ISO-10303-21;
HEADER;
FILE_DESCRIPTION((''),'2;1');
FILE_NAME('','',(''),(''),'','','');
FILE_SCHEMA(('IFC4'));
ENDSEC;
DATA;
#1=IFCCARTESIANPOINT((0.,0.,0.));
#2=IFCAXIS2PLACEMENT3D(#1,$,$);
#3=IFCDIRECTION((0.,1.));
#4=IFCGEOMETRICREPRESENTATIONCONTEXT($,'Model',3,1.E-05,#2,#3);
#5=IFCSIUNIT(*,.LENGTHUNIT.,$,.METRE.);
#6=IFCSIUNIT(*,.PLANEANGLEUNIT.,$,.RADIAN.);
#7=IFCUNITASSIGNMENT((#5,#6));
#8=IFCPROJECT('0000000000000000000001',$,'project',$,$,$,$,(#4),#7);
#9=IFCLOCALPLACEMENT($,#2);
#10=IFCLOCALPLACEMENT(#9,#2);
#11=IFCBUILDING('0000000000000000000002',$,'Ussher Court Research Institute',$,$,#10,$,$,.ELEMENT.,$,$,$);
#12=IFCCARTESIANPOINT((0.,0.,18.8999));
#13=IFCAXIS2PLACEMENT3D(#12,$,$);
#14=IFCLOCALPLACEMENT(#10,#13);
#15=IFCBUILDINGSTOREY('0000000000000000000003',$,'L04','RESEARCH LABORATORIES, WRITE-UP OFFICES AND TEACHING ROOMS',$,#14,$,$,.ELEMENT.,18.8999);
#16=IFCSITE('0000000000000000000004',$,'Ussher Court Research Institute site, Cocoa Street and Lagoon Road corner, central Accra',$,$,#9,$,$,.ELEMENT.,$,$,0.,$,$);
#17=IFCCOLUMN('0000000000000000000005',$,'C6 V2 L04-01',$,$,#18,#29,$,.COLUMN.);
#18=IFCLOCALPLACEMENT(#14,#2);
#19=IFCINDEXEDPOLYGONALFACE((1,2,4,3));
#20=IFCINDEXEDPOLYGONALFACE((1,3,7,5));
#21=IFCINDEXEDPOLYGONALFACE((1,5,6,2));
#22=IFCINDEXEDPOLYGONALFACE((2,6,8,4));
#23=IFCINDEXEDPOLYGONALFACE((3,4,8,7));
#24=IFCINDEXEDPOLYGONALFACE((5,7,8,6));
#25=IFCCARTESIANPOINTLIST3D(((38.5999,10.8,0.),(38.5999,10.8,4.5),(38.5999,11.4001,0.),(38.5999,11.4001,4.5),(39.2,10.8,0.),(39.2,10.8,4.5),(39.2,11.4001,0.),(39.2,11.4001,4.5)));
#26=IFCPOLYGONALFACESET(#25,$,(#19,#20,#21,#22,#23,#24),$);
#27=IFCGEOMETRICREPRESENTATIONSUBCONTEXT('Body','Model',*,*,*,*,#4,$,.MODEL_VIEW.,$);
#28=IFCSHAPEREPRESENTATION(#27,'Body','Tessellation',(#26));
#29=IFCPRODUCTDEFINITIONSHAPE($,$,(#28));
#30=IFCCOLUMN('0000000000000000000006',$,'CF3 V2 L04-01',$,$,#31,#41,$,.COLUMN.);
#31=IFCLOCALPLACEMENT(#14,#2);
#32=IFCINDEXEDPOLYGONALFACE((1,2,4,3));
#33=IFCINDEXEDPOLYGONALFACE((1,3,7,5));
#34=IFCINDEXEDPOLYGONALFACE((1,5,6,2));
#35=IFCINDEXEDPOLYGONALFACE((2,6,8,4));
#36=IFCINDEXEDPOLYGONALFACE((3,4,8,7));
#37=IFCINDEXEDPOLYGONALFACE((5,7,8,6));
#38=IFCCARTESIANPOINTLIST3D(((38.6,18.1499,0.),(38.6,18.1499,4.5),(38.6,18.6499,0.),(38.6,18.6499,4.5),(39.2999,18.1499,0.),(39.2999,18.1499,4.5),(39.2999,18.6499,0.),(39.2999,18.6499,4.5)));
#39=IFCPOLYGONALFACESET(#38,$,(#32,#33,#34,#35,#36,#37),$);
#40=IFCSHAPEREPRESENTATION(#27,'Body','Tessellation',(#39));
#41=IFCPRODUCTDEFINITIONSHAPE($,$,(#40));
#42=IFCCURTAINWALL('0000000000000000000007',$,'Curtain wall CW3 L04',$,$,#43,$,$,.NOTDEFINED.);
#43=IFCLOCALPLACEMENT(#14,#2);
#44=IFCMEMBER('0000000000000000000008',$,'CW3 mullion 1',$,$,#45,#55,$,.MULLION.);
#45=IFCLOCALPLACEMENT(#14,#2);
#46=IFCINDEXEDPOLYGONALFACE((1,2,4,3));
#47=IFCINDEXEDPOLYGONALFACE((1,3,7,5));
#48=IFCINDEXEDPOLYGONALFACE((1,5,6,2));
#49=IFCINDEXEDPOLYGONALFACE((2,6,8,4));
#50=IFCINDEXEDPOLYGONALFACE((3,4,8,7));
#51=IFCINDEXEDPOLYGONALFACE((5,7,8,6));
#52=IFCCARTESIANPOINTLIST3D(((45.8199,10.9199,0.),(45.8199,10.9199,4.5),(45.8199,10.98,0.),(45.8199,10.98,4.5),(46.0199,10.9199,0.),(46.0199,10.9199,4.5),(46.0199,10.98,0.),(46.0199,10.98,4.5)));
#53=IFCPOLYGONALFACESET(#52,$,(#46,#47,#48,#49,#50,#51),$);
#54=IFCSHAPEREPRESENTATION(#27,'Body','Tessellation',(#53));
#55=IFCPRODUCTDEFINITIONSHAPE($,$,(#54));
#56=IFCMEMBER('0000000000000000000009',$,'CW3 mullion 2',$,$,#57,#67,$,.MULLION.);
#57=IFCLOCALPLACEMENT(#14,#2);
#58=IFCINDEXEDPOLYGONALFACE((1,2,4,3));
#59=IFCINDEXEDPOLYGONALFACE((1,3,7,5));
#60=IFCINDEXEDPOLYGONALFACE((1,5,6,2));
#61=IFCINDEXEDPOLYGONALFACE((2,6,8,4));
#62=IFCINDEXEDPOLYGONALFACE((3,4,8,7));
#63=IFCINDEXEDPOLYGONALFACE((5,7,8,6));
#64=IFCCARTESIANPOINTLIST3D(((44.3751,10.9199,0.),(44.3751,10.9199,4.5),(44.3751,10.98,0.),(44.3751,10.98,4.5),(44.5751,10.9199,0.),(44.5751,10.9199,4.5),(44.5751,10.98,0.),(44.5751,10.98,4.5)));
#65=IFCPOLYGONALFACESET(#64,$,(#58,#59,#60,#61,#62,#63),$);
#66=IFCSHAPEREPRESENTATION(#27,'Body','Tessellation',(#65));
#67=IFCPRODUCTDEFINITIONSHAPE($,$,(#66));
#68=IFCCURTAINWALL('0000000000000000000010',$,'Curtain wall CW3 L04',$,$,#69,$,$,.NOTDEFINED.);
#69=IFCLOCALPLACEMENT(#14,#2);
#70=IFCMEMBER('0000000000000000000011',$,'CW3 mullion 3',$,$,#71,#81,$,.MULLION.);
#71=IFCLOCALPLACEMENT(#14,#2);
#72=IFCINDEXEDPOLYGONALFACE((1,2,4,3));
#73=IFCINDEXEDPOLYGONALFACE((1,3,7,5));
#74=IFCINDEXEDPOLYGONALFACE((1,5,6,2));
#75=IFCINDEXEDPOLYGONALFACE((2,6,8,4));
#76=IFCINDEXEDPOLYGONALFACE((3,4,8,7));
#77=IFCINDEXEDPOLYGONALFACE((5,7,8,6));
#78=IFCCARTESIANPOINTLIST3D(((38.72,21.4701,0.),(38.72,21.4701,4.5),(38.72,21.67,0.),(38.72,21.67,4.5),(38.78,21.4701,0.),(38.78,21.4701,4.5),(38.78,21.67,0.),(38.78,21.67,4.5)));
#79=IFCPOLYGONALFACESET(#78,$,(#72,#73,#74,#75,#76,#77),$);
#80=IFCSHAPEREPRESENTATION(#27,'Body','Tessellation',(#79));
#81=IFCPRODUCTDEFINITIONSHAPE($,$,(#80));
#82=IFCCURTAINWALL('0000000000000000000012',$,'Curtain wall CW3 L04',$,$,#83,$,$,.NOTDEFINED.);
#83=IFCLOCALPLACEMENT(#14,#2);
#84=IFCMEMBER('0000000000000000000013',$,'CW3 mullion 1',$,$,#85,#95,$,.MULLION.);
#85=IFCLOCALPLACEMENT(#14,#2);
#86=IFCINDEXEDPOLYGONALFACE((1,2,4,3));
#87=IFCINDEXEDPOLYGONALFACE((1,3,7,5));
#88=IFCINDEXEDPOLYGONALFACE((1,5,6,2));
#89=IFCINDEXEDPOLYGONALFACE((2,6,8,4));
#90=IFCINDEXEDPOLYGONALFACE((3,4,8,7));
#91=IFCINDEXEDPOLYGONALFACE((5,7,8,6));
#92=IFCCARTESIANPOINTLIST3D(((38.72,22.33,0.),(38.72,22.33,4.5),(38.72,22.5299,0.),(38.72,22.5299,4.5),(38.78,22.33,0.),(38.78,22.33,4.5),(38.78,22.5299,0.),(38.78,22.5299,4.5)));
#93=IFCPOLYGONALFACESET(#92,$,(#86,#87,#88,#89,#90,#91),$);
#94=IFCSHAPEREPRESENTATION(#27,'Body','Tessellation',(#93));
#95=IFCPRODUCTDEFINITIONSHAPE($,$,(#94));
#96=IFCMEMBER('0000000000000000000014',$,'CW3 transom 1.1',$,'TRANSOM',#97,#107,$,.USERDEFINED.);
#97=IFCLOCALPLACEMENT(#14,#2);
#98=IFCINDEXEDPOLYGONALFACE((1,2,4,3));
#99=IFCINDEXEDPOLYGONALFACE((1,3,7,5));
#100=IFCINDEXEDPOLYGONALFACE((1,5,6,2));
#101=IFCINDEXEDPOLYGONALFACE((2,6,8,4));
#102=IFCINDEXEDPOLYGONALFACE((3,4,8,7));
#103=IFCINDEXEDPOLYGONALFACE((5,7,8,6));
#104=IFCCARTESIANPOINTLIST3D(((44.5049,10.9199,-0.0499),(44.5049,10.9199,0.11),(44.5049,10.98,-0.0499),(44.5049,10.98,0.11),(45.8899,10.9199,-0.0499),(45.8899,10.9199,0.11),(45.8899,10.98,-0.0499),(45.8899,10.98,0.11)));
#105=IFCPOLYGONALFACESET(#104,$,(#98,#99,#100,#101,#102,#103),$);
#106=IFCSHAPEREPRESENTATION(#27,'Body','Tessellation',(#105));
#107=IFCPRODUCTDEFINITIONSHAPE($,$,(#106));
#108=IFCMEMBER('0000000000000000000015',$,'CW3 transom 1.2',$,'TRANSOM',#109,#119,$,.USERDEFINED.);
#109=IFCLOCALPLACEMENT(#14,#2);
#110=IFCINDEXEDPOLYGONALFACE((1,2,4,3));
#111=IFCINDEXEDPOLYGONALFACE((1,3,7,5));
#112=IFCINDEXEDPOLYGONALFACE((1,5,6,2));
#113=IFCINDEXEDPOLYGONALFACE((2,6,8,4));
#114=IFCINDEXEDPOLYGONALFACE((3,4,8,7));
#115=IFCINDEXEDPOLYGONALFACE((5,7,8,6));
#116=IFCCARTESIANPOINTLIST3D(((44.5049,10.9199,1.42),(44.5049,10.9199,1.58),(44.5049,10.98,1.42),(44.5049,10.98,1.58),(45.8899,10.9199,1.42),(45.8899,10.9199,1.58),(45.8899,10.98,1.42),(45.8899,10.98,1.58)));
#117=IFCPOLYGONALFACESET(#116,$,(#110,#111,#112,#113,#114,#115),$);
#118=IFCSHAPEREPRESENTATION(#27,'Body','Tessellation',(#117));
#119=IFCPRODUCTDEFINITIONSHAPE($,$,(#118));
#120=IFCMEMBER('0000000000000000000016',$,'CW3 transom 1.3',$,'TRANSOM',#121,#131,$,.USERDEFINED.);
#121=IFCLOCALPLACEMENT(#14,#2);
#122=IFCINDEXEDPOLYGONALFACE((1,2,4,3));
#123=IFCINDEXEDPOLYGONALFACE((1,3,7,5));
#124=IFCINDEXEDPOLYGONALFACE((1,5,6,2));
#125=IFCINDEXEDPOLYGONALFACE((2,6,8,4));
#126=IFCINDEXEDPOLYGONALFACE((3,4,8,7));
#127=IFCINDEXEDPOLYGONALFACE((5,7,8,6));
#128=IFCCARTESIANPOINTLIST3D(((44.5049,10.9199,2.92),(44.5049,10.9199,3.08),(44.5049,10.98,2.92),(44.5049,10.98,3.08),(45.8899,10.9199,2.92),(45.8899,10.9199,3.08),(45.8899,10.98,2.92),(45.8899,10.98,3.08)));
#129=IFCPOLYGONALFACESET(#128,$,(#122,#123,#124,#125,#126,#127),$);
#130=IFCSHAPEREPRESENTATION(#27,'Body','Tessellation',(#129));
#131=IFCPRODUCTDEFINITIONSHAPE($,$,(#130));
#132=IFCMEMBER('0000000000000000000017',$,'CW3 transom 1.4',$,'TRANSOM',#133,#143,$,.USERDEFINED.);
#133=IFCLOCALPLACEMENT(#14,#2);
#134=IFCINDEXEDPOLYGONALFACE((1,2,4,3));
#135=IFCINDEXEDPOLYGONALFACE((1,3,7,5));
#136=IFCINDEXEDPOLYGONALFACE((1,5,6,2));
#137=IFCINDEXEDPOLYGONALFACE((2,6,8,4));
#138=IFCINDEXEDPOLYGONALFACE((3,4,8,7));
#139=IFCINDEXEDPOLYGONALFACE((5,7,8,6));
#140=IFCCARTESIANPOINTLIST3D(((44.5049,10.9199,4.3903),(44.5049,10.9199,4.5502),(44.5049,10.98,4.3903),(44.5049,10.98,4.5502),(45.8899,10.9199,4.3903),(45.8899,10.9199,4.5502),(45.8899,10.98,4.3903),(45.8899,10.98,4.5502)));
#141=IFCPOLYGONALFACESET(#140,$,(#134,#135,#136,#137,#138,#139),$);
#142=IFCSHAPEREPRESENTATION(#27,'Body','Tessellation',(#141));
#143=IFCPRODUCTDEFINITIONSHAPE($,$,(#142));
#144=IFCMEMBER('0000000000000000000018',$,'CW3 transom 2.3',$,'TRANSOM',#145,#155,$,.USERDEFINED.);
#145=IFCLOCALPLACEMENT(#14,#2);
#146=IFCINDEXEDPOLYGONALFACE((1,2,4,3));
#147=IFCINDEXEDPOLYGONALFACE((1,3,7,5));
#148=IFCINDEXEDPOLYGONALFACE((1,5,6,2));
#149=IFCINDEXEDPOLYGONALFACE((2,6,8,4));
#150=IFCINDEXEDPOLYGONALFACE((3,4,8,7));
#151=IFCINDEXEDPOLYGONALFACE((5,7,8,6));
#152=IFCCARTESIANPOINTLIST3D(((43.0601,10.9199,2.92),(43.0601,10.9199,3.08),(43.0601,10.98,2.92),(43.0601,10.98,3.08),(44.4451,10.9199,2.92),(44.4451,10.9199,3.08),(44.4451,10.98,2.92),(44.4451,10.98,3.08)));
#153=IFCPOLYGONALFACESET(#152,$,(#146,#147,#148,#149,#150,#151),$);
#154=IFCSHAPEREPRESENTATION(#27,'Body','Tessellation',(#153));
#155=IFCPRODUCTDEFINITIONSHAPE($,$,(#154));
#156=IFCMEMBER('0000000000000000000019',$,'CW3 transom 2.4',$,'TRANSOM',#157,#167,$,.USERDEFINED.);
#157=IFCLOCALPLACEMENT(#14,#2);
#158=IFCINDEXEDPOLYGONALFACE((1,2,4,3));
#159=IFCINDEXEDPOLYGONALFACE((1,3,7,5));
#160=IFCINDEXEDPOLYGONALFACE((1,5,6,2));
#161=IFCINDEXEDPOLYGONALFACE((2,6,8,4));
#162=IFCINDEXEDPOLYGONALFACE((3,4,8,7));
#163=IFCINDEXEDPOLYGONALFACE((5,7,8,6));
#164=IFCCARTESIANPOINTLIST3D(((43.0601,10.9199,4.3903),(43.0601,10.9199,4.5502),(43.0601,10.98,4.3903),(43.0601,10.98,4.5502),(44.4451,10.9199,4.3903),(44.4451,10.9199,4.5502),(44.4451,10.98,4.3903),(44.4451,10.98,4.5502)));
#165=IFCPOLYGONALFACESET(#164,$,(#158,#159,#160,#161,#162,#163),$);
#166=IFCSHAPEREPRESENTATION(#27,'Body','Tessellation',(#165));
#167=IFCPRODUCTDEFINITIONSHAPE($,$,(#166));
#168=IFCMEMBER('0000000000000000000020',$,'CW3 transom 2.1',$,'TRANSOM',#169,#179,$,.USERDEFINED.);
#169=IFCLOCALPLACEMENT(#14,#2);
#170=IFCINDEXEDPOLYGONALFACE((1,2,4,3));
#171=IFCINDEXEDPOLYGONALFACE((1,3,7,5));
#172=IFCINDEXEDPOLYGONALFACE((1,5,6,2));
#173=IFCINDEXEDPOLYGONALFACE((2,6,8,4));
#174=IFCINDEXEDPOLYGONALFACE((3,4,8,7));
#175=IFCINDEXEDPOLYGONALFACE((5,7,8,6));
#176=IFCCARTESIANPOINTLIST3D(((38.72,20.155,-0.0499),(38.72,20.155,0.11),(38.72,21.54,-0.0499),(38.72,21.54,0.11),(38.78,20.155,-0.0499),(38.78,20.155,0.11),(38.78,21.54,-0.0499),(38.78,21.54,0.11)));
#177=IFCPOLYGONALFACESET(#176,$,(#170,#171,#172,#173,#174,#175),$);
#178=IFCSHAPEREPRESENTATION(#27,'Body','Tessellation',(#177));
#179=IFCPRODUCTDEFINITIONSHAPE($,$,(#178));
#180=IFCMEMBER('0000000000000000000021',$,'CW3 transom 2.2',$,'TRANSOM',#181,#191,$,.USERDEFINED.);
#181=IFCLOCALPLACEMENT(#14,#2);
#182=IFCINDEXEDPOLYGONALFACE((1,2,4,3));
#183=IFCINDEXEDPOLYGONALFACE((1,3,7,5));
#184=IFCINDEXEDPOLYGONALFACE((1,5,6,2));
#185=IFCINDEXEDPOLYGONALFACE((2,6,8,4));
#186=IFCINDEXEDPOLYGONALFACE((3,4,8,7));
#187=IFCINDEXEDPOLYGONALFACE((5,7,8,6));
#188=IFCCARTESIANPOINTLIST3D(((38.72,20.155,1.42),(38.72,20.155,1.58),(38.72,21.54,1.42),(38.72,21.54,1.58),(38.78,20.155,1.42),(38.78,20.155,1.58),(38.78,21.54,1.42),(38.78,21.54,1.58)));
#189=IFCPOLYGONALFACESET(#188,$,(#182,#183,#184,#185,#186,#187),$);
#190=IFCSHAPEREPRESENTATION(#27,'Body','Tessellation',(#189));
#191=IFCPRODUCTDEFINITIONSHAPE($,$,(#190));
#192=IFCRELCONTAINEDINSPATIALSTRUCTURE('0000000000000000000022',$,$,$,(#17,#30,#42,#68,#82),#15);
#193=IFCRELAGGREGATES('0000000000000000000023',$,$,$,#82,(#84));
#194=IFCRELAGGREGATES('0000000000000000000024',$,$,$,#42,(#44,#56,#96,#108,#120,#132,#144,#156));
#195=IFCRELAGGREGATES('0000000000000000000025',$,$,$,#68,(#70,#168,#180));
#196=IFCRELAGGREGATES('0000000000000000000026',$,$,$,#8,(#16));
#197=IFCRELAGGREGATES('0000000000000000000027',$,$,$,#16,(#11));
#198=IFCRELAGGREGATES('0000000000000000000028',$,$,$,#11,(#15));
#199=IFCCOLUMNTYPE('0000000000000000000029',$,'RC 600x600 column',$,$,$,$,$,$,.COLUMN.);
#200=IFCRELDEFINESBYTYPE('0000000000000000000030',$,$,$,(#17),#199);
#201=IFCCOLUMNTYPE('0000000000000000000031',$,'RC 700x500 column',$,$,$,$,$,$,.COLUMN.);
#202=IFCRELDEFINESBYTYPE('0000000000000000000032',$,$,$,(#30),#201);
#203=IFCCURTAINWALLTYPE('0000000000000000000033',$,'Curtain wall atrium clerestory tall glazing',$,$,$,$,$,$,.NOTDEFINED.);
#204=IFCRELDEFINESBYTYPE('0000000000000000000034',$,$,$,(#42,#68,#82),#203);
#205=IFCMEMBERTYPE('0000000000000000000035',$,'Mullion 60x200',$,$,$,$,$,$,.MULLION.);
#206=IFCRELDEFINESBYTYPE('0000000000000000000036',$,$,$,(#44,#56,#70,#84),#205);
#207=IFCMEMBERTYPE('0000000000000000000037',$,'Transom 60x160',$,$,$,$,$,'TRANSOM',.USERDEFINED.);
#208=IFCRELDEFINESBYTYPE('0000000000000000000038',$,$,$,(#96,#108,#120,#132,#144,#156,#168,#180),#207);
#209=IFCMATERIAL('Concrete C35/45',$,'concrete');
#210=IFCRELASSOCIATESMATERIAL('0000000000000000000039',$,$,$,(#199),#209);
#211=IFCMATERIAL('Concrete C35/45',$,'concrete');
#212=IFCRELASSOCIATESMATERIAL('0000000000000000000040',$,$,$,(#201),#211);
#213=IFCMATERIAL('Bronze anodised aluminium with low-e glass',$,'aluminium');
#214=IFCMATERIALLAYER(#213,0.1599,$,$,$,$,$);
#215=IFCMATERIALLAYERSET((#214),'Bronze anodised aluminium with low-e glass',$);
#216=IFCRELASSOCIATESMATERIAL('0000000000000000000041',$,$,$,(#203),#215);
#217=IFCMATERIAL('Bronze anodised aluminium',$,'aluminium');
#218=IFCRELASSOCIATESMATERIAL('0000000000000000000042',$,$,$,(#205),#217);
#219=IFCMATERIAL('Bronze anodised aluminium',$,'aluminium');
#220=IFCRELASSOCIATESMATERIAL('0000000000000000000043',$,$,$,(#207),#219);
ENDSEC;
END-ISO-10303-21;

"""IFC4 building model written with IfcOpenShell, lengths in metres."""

from ifc_helpers import new_model, si_unit, direction, frame, origin, origin_2d, place, context, subcontext, project, spatial, rectangle, extrude, material, layer, layer_set, material_profile, profile_set, type_object, element, aggregate, save


model = new_model("IFC4")

# Units and contexts
model_context = context("Model", 3, precision=1e-05, world=origin(), true_north=direction((0.0, 1.0)))
body_context = subcontext(model_context, "Body", "Model", "MODEL_VIEW")
ifc_project = project(units=[si_unit("LENGTHUNIT", "METRE"), si_unit("PLANEANGLEUNIT", "RADIAN")], contexts=[model_context])

# Site, building, storey
site_placement = place(None, origin())
site = spatial("IfcSite", under=ifc_project, at=site_placement, Name="Ussher Court Research Institute site, Cocoa Street and Lagoon Road corner, central Accra", CompositionType="ELEMENT", RefElevation=0.0)
building_placement = place(site_placement, origin())
building = spatial("IfcBuilding", under=site, at=building_placement, Name="Ussher Court Research Institute", CompositionType="ELEMENT")
storey_placement = place(building_placement, frame((0.0, 0.0, 18.8999)))
storey = spatial("IfcBuildingStorey", under=building, at=storey_placement, Name="L04", Description="RESEARCH LABORATORIES, WRITE-UP OFFICES AND TEACHING ROOMS", CompositionType="ELEMENT", Elevation=18.8999)

# Columns
ifc_material_1 = material(Name="Concrete C35/45", Category="concrete")
ifc_material_profile_1 = material_profile(ifc_material_1, rectangle(XDim=0.6001, YDim=0.6001, at=origin_2d()), Name="RC 600x600")
ifc_profile_set_1 = profile_set([ifc_material_profile_1], Name="Concrete C35/45")
column_type_1 = type_object("IfcColumnType", Name="RC 600x600 column", PredefinedType="COLUMN", material=ifc_profile_set_1)
column_1_placement = place(storey_placement, frame((38.8999, 11.1001, 0.0), z_axis=(0.0, 0.0, 1.0), x_axis=(1.0, 0.0, 0.0)))
element("IfcColumn", 1, at=column_1_placement, inside=storey, type_object=column_type_1, Name="C6 V2 L04-01", PredefinedType="COLUMN", context=body_context, shape_type="SweptSolid", body=[
    extrude(rectangle(XDim=0.6001, YDim=0.6001, at=origin_2d()), origin(), (0.0, 0.0, 1.0), 4.5),
])
ifc_material_2 = material(Name="Concrete C35/45", Category="concrete")
ifc_material_profile_2 = material_profile(ifc_material_2, rectangle(XDim=0.7, YDim=0.5, at=origin_2d()), Name="RC 700x500")
ifc_profile_set_2 = profile_set([ifc_material_profile_2], Name="Concrete C35/45")
column_type_2 = type_object("IfcColumnType", Name="RC 700x500 column", PredefinedType="COLUMN", material=ifc_profile_set_2)
column_2_placement = place(storey_placement, frame((38.95, 18.3999, 0.0), z_axis=(0.0, 0.0, 1.0), x_axis=(1.0, 0.0, 0.0)))
element("IfcColumn", 2, at=column_2_placement, inside=storey, type_object=column_type_2, Name="CF3 V2 L04-01", PredefinedType="COLUMN", context=body_context, shape_type="SweptSolid", body=[
    extrude(rectangle(XDim=0.7, YDim=0.5, at=origin_2d()), origin(), (0.0, 0.0, 1.0), 4.5),
])

# Curtain wall, members
ifc_material_3 = material(Name="Bronze anodised aluminium with low-e glass", Category="aluminium")
ifc_layer_1 = layer(ifc_material_3, 0.1599)
ifc_layer_set_1 = layer_set([ifc_layer_1], Name="Bronze anodised aluminium with low-e glass")
curtain_wall_type = type_object("IfcCurtainWallType", Name="Curtain wall atrium clerestory tall glazing", PredefinedType="NOTDEFINED", material=ifc_layer_set_1)
curtain_wall_1_placement = place(storey_placement, origin())
curtain_wall_1 = element("IfcCurtainWall", 3, at=curtain_wall_1_placement, inside=storey, type_object=curtain_wall_type, Name="Curtain wall CW3 L04", PredefinedType="NOTDEFINED")
ifc_material_4 = material(Name="Bronze anodised aluminium", Category="aluminium")
ifc_material_profile_3 = material_profile(ifc_material_4, rectangle(XDim=0.0601, YDim=0.2, at=origin_2d()), Name="Mullion 60x200")
ifc_profile_set_3 = profile_set([ifc_material_profile_3], Name="Bronze anodised aluminium")
member_type_1 = type_object("IfcMemberType", Name="Mullion 60x200", PredefinedType="MULLION", material=ifc_profile_set_3)
member_1_placement = place(storey_placement, frame((45.9199, 10.95, 0.0), z_axis=(0.0, 0.0, 1.0), x_axis=(0.0, -1.0, 0.0)))
member_1 = element("IfcMember", 4, at=member_1_placement, type_object=member_type_1, Name="CW3 mullion 1", PredefinedType="MULLION", context=body_context, shape_type="SweptSolid", body=[
    extrude(rectangle(XDim=0.0601, YDim=0.2, at=origin_2d()), origin(), (0.0, 0.0, 1.0), 4.5),
])
member_2_placement = place(storey_placement, frame((44.4751, 10.95, 0.0), z_axis=(0.0, 0.0, 1.0), x_axis=(0.0, -1.0, 0.0)))
member_2 = element("IfcMember", 5, at=member_2_placement, type_object=member_type_1, Name="CW3 mullion 2", PredefinedType="MULLION", context=body_context, shape_type="SweptSolid", body=[
    extrude(rectangle(XDim=0.0601, YDim=0.2, at=origin_2d()), origin(), (0.0, 0.0, 1.0), 4.5),
])

# Curtain walls, members
curtain_wall_2_placement = place(storey_placement, origin())
curtain_wall_2 = element("IfcCurtainWall", 6, at=curtain_wall_2_placement, inside=storey, type_object=curtain_wall_type, Name="Curtain wall CW3 L04", PredefinedType="NOTDEFINED")
member_3_placement = place(storey_placement, frame((38.75, 21.5701, 0.0), z_axis=(0.0, 0.0, 1.0), x_axis=(-1.0, 0.0, 0.0)))
member_3 = element("IfcMember", 7, at=member_3_placement, type_object=member_type_1, Name="CW3 mullion 3", PredefinedType="MULLION", context=body_context, shape_type="SweptSolid", body=[
    extrude(rectangle(XDim=0.0601, YDim=0.2, at=origin_2d()), origin(), (0.0, 0.0, 1.0), 4.5),
])
curtain_wall_3_placement = place(storey_placement, origin())
curtain_wall_3 = element("IfcCurtainWall", 8, at=curtain_wall_3_placement, inside=storey, type_object=curtain_wall_type, Name="Curtain wall CW3 L04", PredefinedType="NOTDEFINED")
member_4_placement = place(storey_placement, frame((38.75, 22.4299, 0.0), z_axis=(0.0, 0.0, 1.0), x_axis=(-1.0, 0.0, 0.0)))
member_4 = element("IfcMember", 9, at=member_4_placement, type_object=member_type_1, Name="CW3 mullion 1", PredefinedType="MULLION", context=body_context, shape_type="SweptSolid", body=[
    extrude(rectangle(XDim=0.0601, YDim=0.2, at=origin_2d()), origin(), (0.0, 0.0, 1.0), 4.5),
])
aggregate(curtain_wall_3, [member_4])

# Members
ifc_material_5 = material(Name="Bronze anodised aluminium", Category="aluminium")
ifc_material_profile_4 = material_profile(ifc_material_5, rectangle(XDim=0.0601, YDim=0.1599, at=origin_2d()), Name="Transom 60x160")
ifc_profile_set_4 = profile_set([ifc_material_profile_4], Name="Bronze anodised aluminium")
member_type_2 = type_object("IfcMemberType", Name="Transom 60x160", ElementType="TRANSOM", PredefinedType="USERDEFINED", material=ifc_profile_set_4)
member_5_placement = place(storey_placement, frame((45.8899, 10.95, 0.03), z_axis=(-1.0, 0.0, 0.0), x_axis=(0.0, -1.0, 0.0)))
member_5 = element("IfcMember", 10, at=member_5_placement, type_object=member_type_2, Name="CW3 transom 1.1", ObjectType="TRANSOM", PredefinedType="USERDEFINED", context=body_context, shape_type="SweptSolid", body=[
    extrude(rectangle(XDim=0.0601, YDim=0.1599, at=origin_2d()), origin(), (0.0, 0.0, 1.0), 1.385),
])
member_6_placement = place(storey_placement, frame((45.8899, 10.95, 1.5), z_axis=(-1.0, 0.0, 0.0), x_axis=(0.0, -1.0, 0.0)))
member_6 = element("IfcMember", 11, at=member_6_placement, type_object=member_type_2, Name="CW3 transom 1.2", ObjectType="TRANSOM", PredefinedType="USERDEFINED", context=body_context, shape_type="SweptSolid", body=[
    extrude(rectangle(XDim=0.0601, YDim=0.1599, at=origin_2d()), origin(), (0.0, 0.0, 1.0), 1.385),
])
member_7_placement = place(storey_placement, frame((45.8899, 10.95, 3.0), z_axis=(-1.0, 0.0, 0.0), x_axis=(0.0, -1.0, 0.0)))
member_7 = element("IfcMember", 12, at=member_7_placement, type_object=member_type_2, Name="CW3 transom 1.3", ObjectType="TRANSOM", PredefinedType="USERDEFINED", context=body_context, shape_type="SweptSolid", body=[
    extrude(rectangle(XDim=0.0601, YDim=0.1599, at=origin_2d()), origin(), (0.0, 0.0, 1.0), 1.385),
])
member_8_placement = place(storey_placement, frame((45.8899, 10.95, 4.4702), z_axis=(-1.0, 0.0, 0.0), x_axis=(0.0, -1.0, 0.0)))
member_8 = element("IfcMember", 13, at=member_8_placement, type_object=member_type_2, Name="CW3 transom 1.4", ObjectType="TRANSOM", PredefinedType="USERDEFINED", context=body_context, shape_type="SweptSolid", body=[
    extrude(rectangle(XDim=0.0601, YDim=0.1599, at=origin_2d()), origin(), (0.0, 0.0, 1.0), 1.385),
])
member_9_placement = place(storey_placement, frame((44.4451, 10.95, 3.0), z_axis=(-1.0, 0.0, 0.0), x_axis=(0.0, -1.0, 0.0)))
member_9 = element("IfcMember", 14, at=member_9_placement, type_object=member_type_2, Name="CW3 transom 2.3", ObjectType="TRANSOM", PredefinedType="USERDEFINED", context=body_context, shape_type="SweptSolid", body=[
    extrude(rectangle(XDim=0.0601, YDim=0.1599, at=origin_2d()), origin(), (0.0, 0.0, 1.0), 1.385),
])
member_10_placement = place(storey_placement, frame((44.4451, 10.95, 4.4702), z_axis=(-1.0, 0.0, 0.0), x_axis=(0.0, -1.0, 0.0)))
member_10 = element("IfcMember", 15, at=member_10_placement, type_object=member_type_2, Name="CW3 transom 2.4", ObjectType="TRANSOM", PredefinedType="USERDEFINED", context=body_context, shape_type="SweptSolid", body=[
    extrude(rectangle(XDim=0.0601, YDim=0.1599, at=origin_2d()), origin(), (0.0, 0.0, 1.0), 1.385),
])
member_11_placement = place(storey_placement, frame((38.75, 20.155, 0.03), z_axis=(0.0, 1.0, 0.0), x_axis=(-1.0, 0.0, 0.0)))
member_11 = element("IfcMember", 16, at=member_11_placement, type_object=member_type_2, Name="CW3 transom 2.1", ObjectType="TRANSOM", PredefinedType="USERDEFINED", context=body_context, shape_type="SweptSolid", body=[
    extrude(rectangle(XDim=0.0601, YDim=0.1599, at=origin_2d()), origin(), (0.0, 0.0, 1.0), 1.385),
])
member_12_placement = place(storey_placement, frame((38.75, 20.155, 1.5), z_axis=(0.0, 1.0, 0.0), x_axis=(-1.0, 0.0, 0.0)))
member_12 = element("IfcMember", 17, at=member_12_placement, type_object=member_type_2, Name="CW3 transom 2.2", ObjectType="TRANSOM", PredefinedType="USERDEFINED", context=body_context, shape_type="SweptSolid", body=[
    extrude(rectangle(XDim=0.0601, YDim=0.1599, at=origin_2d()), origin(), (0.0, 0.0, 1.0), 1.385),
])

aggregate(curtain_wall_1, [member_1, member_2, member_5, member_6, member_7, member_8, member_9, member_10])
aggregate(curtain_wall_2, [member_3, member_11, member_12])

save(model, "model.ifc")
